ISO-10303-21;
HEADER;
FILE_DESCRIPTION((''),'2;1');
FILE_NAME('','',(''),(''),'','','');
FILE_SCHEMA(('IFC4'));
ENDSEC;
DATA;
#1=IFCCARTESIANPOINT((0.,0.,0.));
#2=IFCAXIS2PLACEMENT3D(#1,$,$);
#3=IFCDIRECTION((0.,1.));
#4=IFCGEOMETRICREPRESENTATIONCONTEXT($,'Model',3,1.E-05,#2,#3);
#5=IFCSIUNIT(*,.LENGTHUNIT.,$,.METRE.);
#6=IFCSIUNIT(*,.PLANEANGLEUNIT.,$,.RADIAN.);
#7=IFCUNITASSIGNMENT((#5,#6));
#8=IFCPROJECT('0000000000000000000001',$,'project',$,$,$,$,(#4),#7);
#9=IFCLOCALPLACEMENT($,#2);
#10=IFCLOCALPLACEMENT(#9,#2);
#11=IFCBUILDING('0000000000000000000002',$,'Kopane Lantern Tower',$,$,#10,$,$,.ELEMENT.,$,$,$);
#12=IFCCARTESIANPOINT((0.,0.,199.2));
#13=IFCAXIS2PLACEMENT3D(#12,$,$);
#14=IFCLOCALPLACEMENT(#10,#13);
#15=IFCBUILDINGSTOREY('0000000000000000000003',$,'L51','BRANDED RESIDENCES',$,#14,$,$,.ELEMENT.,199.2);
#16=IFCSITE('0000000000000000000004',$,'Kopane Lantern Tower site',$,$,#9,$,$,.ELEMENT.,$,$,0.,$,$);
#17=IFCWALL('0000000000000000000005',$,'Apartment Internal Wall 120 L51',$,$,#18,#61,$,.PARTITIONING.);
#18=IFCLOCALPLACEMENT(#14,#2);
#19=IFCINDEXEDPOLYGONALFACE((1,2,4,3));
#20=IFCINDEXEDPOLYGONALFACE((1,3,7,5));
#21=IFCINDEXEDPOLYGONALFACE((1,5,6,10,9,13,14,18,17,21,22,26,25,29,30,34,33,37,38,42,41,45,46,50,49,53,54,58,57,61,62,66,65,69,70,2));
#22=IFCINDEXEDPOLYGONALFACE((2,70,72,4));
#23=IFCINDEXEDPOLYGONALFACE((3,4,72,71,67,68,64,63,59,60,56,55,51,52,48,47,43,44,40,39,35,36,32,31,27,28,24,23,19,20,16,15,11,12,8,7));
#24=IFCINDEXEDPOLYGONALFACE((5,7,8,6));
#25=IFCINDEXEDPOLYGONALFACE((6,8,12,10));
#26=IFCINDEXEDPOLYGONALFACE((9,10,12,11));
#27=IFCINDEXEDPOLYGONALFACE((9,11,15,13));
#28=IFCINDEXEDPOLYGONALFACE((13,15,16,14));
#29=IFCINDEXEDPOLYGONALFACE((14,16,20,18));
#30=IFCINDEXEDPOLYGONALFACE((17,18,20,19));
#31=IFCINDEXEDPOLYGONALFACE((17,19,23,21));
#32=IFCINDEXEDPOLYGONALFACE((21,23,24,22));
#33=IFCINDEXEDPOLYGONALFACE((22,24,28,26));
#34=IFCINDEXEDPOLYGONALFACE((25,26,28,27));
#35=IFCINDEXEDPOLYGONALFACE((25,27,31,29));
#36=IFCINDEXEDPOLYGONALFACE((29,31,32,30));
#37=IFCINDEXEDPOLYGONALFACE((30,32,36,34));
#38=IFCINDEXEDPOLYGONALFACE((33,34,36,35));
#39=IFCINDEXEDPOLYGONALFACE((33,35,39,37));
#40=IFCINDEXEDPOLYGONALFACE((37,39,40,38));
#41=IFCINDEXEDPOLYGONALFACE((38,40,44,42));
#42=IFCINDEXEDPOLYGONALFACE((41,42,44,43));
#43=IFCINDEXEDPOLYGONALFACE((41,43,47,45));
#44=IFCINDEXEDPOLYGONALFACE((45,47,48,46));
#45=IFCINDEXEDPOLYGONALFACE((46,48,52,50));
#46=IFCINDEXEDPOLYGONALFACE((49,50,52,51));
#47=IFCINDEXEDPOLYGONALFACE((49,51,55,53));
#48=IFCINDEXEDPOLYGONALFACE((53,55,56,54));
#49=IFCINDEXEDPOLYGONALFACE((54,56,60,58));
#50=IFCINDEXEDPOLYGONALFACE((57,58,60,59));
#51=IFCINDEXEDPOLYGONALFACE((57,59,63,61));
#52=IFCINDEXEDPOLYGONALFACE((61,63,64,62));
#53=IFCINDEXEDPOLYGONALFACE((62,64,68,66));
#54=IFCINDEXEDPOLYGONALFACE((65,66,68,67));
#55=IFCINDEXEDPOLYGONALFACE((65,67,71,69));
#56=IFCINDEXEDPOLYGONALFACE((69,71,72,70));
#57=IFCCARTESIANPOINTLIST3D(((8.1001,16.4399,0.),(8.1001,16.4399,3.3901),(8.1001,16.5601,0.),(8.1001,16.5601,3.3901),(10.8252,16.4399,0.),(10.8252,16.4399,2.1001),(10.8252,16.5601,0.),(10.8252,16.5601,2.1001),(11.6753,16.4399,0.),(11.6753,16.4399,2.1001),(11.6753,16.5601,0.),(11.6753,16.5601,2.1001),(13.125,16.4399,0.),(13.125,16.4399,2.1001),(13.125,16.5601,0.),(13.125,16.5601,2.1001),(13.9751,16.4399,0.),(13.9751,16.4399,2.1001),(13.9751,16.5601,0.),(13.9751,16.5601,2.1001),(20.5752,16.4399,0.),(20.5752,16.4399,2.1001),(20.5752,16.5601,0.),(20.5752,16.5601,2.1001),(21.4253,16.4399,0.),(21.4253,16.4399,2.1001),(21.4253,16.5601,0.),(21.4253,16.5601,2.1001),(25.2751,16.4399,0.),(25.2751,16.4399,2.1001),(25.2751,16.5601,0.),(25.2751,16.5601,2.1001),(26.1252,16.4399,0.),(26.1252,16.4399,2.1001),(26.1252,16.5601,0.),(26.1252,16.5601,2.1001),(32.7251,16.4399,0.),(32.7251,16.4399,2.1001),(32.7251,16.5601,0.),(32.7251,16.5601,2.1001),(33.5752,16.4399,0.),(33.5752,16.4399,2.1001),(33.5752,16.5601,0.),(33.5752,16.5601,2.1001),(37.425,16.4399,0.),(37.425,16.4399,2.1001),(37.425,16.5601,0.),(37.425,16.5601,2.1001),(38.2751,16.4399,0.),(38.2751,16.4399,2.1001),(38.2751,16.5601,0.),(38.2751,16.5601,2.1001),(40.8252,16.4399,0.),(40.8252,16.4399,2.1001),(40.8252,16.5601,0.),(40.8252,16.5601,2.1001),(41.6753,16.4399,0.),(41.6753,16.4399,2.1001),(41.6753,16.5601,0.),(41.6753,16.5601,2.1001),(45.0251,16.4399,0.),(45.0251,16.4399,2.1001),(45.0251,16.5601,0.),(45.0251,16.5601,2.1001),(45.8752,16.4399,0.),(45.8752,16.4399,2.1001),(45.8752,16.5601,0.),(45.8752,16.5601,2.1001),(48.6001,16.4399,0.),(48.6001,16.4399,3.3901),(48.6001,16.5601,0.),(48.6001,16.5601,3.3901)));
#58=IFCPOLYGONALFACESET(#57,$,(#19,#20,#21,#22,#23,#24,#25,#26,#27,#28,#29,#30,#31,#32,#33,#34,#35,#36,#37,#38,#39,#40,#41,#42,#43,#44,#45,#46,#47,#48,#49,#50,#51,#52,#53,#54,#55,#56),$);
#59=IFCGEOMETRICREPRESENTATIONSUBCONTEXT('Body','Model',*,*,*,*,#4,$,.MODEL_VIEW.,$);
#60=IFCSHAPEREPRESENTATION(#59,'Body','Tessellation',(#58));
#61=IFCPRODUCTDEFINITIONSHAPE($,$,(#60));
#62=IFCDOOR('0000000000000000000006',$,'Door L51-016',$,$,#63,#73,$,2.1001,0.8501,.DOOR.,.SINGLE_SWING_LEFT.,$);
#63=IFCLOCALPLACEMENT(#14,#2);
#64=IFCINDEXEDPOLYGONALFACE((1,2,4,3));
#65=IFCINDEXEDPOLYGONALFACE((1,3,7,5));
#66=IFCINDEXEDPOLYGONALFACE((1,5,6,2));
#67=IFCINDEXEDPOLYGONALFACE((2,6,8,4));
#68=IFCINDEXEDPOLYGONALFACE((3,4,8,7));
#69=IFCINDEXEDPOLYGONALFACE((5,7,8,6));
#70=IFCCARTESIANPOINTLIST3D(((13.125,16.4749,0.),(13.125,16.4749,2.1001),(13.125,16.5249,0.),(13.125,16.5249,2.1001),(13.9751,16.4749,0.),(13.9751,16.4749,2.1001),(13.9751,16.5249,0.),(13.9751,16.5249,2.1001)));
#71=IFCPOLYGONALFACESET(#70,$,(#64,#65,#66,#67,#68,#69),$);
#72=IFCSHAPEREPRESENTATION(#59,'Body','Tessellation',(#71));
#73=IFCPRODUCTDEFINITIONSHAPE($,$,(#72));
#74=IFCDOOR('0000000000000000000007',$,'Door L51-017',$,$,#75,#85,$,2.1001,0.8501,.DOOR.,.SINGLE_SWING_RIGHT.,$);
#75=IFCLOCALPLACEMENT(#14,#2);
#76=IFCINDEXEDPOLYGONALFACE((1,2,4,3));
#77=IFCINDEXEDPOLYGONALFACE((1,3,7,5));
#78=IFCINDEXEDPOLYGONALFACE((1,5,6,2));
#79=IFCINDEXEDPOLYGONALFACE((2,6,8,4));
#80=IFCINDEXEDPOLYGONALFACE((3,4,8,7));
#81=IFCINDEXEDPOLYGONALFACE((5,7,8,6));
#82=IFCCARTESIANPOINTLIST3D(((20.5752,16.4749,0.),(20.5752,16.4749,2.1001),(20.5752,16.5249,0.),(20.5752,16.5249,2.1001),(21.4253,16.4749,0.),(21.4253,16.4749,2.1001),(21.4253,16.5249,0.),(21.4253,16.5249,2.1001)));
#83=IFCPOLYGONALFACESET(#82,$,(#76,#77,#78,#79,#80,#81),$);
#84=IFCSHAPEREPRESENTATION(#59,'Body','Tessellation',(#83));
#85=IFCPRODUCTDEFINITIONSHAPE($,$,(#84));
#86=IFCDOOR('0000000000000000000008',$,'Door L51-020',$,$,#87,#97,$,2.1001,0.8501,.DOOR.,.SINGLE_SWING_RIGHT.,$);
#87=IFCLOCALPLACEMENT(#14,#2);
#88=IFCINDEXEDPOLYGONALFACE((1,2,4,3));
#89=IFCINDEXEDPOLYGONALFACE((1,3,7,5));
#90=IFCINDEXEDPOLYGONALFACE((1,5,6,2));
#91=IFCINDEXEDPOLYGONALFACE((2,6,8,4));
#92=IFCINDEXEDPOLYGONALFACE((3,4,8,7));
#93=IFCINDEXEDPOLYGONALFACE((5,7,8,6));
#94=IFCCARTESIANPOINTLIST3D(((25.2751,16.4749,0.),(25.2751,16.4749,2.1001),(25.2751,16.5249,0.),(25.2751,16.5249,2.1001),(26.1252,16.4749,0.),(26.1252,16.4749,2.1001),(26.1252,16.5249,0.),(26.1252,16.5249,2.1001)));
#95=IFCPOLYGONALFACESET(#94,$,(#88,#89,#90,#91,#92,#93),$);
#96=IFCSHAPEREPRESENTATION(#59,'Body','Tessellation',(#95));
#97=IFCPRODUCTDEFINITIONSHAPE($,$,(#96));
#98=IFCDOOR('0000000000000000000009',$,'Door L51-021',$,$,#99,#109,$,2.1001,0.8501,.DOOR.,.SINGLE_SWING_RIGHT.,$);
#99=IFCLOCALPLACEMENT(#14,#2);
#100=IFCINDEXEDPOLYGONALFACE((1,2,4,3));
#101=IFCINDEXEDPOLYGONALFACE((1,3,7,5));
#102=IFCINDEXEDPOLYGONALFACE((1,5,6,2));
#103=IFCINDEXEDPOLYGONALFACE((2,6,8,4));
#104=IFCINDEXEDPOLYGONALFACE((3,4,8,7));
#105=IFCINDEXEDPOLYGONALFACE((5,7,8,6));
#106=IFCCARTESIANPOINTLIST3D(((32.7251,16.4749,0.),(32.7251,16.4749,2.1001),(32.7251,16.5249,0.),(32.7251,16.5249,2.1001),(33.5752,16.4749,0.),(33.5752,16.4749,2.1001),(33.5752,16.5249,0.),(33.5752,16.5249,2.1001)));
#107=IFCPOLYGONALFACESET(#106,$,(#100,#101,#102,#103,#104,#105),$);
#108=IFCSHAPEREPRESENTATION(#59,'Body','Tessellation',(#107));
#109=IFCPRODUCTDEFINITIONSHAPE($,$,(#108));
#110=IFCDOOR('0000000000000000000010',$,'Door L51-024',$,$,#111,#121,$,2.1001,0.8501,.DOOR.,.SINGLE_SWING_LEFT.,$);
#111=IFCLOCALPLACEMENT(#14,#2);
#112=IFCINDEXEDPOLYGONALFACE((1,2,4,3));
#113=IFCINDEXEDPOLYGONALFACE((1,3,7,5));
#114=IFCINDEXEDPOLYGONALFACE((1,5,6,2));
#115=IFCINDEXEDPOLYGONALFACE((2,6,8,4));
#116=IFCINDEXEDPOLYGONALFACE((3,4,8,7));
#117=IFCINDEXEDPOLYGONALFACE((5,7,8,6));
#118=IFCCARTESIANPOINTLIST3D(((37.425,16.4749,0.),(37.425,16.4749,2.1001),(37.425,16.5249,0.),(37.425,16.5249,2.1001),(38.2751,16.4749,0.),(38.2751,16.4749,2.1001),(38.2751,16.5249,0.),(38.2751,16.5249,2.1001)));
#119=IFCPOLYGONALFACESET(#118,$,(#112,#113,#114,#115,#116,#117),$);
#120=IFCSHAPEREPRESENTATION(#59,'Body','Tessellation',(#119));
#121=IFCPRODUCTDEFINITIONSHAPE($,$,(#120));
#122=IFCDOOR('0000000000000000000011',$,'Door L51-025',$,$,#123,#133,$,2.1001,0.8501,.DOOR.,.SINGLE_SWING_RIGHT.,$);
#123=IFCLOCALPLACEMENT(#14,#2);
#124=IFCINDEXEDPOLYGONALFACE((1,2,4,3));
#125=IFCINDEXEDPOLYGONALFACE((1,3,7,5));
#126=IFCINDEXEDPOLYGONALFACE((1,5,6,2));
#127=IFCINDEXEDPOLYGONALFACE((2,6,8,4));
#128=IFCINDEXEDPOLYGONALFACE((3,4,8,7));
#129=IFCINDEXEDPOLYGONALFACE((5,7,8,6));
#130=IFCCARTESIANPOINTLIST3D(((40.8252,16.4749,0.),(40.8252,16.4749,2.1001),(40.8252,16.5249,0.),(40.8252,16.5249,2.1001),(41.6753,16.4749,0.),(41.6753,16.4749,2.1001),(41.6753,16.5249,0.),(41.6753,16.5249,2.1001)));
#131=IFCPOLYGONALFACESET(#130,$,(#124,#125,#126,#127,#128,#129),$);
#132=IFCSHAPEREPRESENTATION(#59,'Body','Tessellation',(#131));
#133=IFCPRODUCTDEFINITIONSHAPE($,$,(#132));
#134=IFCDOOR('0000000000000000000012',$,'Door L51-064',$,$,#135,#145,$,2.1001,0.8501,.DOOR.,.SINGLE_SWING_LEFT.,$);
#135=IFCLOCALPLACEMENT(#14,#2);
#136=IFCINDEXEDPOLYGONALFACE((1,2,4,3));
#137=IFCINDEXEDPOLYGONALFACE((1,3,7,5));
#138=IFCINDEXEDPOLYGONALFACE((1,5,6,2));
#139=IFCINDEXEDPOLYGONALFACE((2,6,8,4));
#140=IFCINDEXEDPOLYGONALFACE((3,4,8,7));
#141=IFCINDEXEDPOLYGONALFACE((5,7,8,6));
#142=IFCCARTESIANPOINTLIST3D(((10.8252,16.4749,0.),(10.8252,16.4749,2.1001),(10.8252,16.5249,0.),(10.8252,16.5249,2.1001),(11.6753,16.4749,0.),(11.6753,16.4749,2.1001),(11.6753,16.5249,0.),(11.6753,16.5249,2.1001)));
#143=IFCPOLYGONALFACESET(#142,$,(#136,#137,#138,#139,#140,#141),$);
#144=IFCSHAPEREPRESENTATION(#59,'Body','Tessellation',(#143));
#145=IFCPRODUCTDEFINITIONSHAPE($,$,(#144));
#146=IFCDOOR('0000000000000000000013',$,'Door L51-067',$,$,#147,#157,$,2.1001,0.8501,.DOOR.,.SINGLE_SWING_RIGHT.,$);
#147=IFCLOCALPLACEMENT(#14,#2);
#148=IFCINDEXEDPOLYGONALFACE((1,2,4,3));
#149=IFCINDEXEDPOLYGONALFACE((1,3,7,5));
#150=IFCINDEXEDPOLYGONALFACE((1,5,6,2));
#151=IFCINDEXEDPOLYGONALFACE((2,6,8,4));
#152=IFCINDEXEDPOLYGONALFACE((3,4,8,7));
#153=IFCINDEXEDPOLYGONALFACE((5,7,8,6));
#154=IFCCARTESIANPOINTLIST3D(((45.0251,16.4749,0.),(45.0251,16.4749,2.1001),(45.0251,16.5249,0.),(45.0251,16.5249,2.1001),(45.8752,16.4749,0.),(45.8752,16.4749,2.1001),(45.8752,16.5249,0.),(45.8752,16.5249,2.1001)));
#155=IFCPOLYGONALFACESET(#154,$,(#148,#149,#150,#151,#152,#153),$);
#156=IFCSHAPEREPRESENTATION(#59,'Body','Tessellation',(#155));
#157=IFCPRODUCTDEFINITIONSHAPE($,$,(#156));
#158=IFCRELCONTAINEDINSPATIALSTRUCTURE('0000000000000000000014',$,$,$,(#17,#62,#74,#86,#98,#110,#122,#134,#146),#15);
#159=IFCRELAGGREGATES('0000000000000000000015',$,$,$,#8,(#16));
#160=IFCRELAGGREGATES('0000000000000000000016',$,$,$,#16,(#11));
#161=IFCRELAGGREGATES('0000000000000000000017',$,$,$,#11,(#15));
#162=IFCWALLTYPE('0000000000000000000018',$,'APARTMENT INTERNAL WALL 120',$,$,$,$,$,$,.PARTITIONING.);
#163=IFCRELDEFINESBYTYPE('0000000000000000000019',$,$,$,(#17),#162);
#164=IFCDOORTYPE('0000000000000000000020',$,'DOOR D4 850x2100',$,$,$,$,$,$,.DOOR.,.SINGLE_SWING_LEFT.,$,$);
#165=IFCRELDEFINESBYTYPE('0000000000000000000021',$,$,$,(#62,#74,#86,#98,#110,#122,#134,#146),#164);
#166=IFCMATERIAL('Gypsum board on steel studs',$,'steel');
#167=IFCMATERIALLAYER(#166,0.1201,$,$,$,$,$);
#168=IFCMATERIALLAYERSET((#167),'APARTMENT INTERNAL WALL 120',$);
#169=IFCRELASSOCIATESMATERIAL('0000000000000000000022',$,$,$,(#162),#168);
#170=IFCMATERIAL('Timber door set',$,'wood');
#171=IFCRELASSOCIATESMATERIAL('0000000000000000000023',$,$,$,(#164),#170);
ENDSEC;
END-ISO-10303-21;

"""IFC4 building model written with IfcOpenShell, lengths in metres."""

from ifc_helpers import new_model, si_unit, direction, frame, frame_2d, origin, place, context, subcontext, project, spatial, rectangle, extrude, material, layer, layer_set, type_object, element, fill, save


model = new_model("IFC4")

# Units and contexts
model_context = context("Model", 3, precision=1e-05, world=origin(), true_north=direction((0.0, 1.0)))
body_context = subcontext(model_context, "Body", "Model", "MODEL_VIEW")
ifc_project = project(units=[si_unit("LENGTHUNIT", "METRE"), si_unit("PLANEANGLEUNIT", "RADIAN")], contexts=[model_context])

# Site, building, storey
site_placement = place(None, origin())
site = spatial("IfcSite", under=ifc_project, at=site_placement, Name="Kopane Lantern Tower site", CompositionType="ELEMENT", RefElevation=0.0)
building_placement = place(site_placement, origin())
building = spatial("IfcBuilding", under=site, at=building_placement, Name="Kopane Lantern Tower", CompositionType="ELEMENT")
storey_placement = place(building_placement, frame((0.0, 0.0, 199.2)))
storey = spatial("IfcBuildingStorey", under=building, at=storey_placement, Name="L51", Description="BRANDED RESIDENCES", CompositionType="ELEMENT", Elevation=199.2)

# Wall, openings, doors
ifc_material_1 = material(Name="Gypsum board on steel studs", Category="steel")
ifc_layer_1 = layer(ifc_material_1, 0.1201)
ifc_layer_set_1 = layer_set([ifc_layer_1], Name="APARTMENT INTERNAL WALL 120")
wall_type_1 = type_object("IfcWallType", Name="APARTMENT INTERNAL WALL 120", PredefinedType="PARTITIONING", material=ifc_layer_set_1)
ifc_material_2 = material(Name="Timber door set", Category="wood")
door_type = type_object("IfcDoorType", Name="DOOR D4 850x2100", OperationType="SINGLE_SWING_LEFT", PredefinedType="DOOR", material=ifc_material_2)
wall_1_placement = place(storey_placement, frame((8.1001, 16.5, 0.0), z_axis=(0.0, 0.0, 1.0), x_axis=(1.0, 0.0, 0.0)))
wall_1 = element("IfcWall", 1, at=wall_1_placement, inside=storey, type_object=wall_type_1, Name="Apartment Internal Wall 120 L51", PredefinedType="PARTITIONING", context=body_context, shape_type="SweptSolid", body=[
    extrude(rectangle(XDim=40.5, YDim=0.1201, at=frame_2d((20.25, 0.0))), origin(), (0.0, 0.0, 1.0), 3.3901),
])
opening_1_placement = place(wall_1_placement, frame((5.0249, 0.0, 0.0)))
opening_1 = element("IfcOpeningElement", 2, at=opening_1_placement, cuts=wall_1, PredefinedType="OPENING", context=body_context, shape_type="SweptSolid", body=[
    extrude(rectangle(XDim=0.8501, YDim=2.1001, at=frame_2d((0.425, 1.05))), frame((0.0, 0.0701, 0.0), z_axis=(0.0, -1.0, 0.0), x_axis=(1.0, 0.0, 0.0)), (0.0, 0.0, 1.0), 0.1401),
])
opening_2_placement = place(wall_1_placement, frame((12.4751, 0.0, 0.0)))
opening_2 = element("IfcOpeningElement", 3, at=opening_2_placement, cuts=wall_1, PredefinedType="OPENING", context=body_context, shape_type="SweptSolid", body=[
    extrude(rectangle(XDim=0.8501, YDim=2.1001, at=frame_2d((0.425, 1.05))), frame((0.0, 0.0701, 0.0), z_axis=(0.0, -1.0, 0.0), x_axis=(1.0, 0.0, 0.0)), (0.0, 0.0, 1.0), 0.1401),
])
opening_3_placement = place(wall_1_placement, frame((17.175, 0.0, 0.0)))
opening_3 = element("IfcOpeningElement", 4, at=opening_3_placement, cuts=wall_1, PredefinedType="OPENING", context=body_context, shape_type="SweptSolid", body=[
    extrude(rectangle(XDim=0.8501, YDim=2.1001, at=frame_2d((0.425, 1.05))), frame((0.0, 0.0701, 0.0), z_axis=(0.0, -1.0, 0.0), x_axis=(1.0, 0.0, 0.0)), (0.0, 0.0, 1.0), 0.1401),
])
opening_4_placement = place(wall_1_placement, frame((24.625, 0.0, 0.0)))
opening_4 = element("IfcOpeningElement", 5, at=opening_4_placement, cuts=wall_1, PredefinedType="OPENING", context=body_context, shape_type="SweptSolid", body=[
    extrude(rectangle(XDim=0.8501, YDim=2.1001, at=frame_2d((0.425, 1.05))), frame((0.0, 0.0701, 0.0), z_axis=(0.0, -1.0, 0.0), x_axis=(1.0, 0.0, 0.0)), (0.0, 0.0, 1.0), 0.1401),
])
opening_5_placement = place(wall_1_placement, frame((29.325, 0.0, 0.0)))
opening_5 = element("IfcOpeningElement", 6, at=opening_5_placement, cuts=wall_1, PredefinedType="OPENING", context=body_context, shape_type="SweptSolid", body=[
    extrude(rectangle(XDim=0.8501, YDim=2.1001, at=frame_2d((0.425, 1.05))), frame((0.0, 0.0701, 0.0), z_axis=(0.0, -1.0, 0.0), x_axis=(1.0, 0.0, 0.0)), (0.0, 0.0, 1.0), 0.1401),
])
opening_6_placement = place(wall_1_placement, frame((32.7251, 0.0, 0.0)))
opening_6 = element("IfcOpeningElement", 7, at=opening_6_placement, cuts=wall_1, PredefinedType="OPENING", context=body_context, shape_type="SweptSolid", body=[
    extrude(rectangle(XDim=0.8501, YDim=2.1001, at=frame_2d((0.425, 1.05))), frame((0.0, 0.0701, 0.0), z_axis=(0.0, -1.0, 0.0), x_axis=(1.0, 0.0, 0.0)), (0.0, 0.0, 1.0), 0.1401),
])
opening_7_placement = place(wall_1_placement, frame((2.7251, 0.0, 0.0)))
opening_7 = element("IfcOpeningElement", 8, at=opening_7_placement, cuts=wall_1, PredefinedType="OPENING", context=body_context, shape_type="SweptSolid", body=[
    extrude(rectangle(XDim=0.8501, YDim=2.1001, at=frame_2d((0.425, 1.05))), frame((0.0, 0.0701, 0.0), z_axis=(0.0, -1.0, 0.0), x_axis=(1.0, 0.0, 0.0)), (0.0, 0.0, 1.0), 0.1401),
])
opening_8_placement = place(wall_1_placement, frame((36.925, 0.0, 0.0)))
opening_8 = element("IfcOpeningElement", 9, at=opening_8_placement, cuts=wall_1, PredefinedType="OPENING", context=body_context, shape_type="SweptSolid", body=[
    extrude(rectangle(XDim=0.8501, YDim=2.1001, at=frame_2d((0.425, 1.05))), frame((0.0, 0.0701, 0.0), z_axis=(0.0, -1.0, 0.0), x_axis=(1.0, 0.0, 0.0)), (0.0, 0.0, 1.0), 0.1401),
])
door_1_placement = place(opening_1_placement, origin())
door_1 = element("IfcDoor", 10, at=door_1_placement, inside=storey, type_object=door_type, Name="Door L51-016", OperationType="SINGLE_SWING_LEFT", OverallHeight=2.1001, OverallWidth=0.8501, PredefinedType="DOOR", context=body_context, shape_type="SweptSolid", body=[
    extrude(rectangle(XDim=0.8501, YDim=2.1001, at=frame_2d((0.425, 1.05))), frame((0.0, 0.0249, 0.0), z_axis=(0.0, -1.0, 0.0), x_axis=(1.0, 0.0, 0.0)), (0.0, 0.0, 1.0), 0.05),
])
fill(opening_1, door_1)
door_2_placement = place(opening_2_placement, origin())
door_2 = element("IfcDoor", 11, at=door_2_placement, inside=storey, type_object=door_type, Name="Door L51-017", OperationType="SINGLE_SWING_RIGHT", OverallHeight=2.1001, OverallWidth=0.8501, PredefinedType="DOOR", context=body_context, shape_type="SweptSolid", body=[
    extrude(rectangle(XDim=0.8501, YDim=2.1001, at=frame_2d((0.425, 1.05))), frame((0.0, 0.0249, 0.0), z_axis=(0.0, -1.0, 0.0), x_axis=(1.0, 0.0, 0.0)), (0.0, 0.0, 1.0), 0.05),
])
fill(opening_2, door_2)
door_3_placement = place(opening_3_placement, origin())
door_3 = element("IfcDoor", 12, at=door_3_placement, inside=storey, type_object=door_type, Name="Door L51-020", OperationType="SINGLE_SWING_RIGHT", OverallHeight=2.1001, OverallWidth=0.8501, PredefinedType="DOOR", context=body_context, shape_type="SweptSolid", body=[
    extrude(rectangle(XDim=0.8501, YDim=2.1001, at=frame_2d((0.425, 1.05))), frame((0.0, 0.0249, 0.0), z_axis=(0.0, -1.0, 0.0), x_axis=(1.0, 0.0, 0.0)), (0.0, 0.0, 1.0), 0.05),
])
fill(opening_3, door_3)
door_4_placement = place(opening_4_placement, origin())
door_4 = element("IfcDoor", 13, at=door_4_placement, inside=storey, type_object=door_type, Name="Door L51-021", OperationType="SINGLE_SWING_RIGHT", OverallHeight=2.1001, OverallWidth=0.8501, PredefinedType="DOOR", context=body_context, shape_type="SweptSolid", body=[
    extrude(rectangle(XDim=0.8501, YDim=2.1001, at=frame_2d((0.425, 1.05))), frame((0.0, 0.0249, 0.0), z_axis=(0.0, -1.0, 0.0), x_axis=(1.0, 0.0, 0.0)), (0.0, 0.0, 1.0), 0.05),
])
fill(opening_4, door_4)
door_5_placement = place(opening_5_placement, origin())
door_5 = element("IfcDoor", 14, at=door_5_placement, inside=storey, type_object=door_type, Name="Door L51-024", OperationType="SINGLE_SWING_LEFT", OverallHeight=2.1001, OverallWidth=0.8501, PredefinedType="DOOR", context=body_context, shape_type="SweptSolid", body=[
    extrude(rectangle(XDim=0.8501, YDim=2.1001, at=frame_2d((0.425, 1.05))), frame((0.0, 0.0249, 0.0), z_axis=(0.0, -1.0, 0.0), x_axis=(1.0, 0.0, 0.0)), (0.0, 0.0, 1.0), 0.05),
])
fill(opening_5, door_5)
door_6_placement = place(opening_6_placement, origin())
door_6 = element("IfcDoor", 15, at=door_6_placement, inside=storey, type_object=door_type, Name="Door L51-025", OperationType="SINGLE_SWING_RIGHT", OverallHeight=2.1001, OverallWidth=0.8501, PredefinedType="DOOR", context=body_context, shape_type="SweptSolid", body=[
    extrude(rectangle(XDim=0.8501, YDim=2.1001, at=frame_2d((0.425, 1.05))), frame((0.0, 0.0249, 0.0), z_axis=(0.0, -1.0, 0.0), x_axis=(1.0, 0.0, 0.0)), (0.0, 0.0, 1.0), 0.05),
])
fill(opening_6, door_6)
door_7_placement = place(opening_7_placement, origin())
door_7 = element("IfcDoor", 16, at=door_7_placement, inside=storey, type_object=door_type, Name="Door L51-064", OperationType="SINGLE_SWING_LEFT", OverallHeight=2.1001, OverallWidth=0.8501, PredefinedType="DOOR", context=body_context, shape_type="SweptSolid", body=[
    extrude(rectangle(XDim=0.8501, YDim=2.1001, at=frame_2d((0.425, 1.05))), frame((0.0, 0.0249, 0.0), z_axis=(0.0, -1.0, 0.0), x_axis=(1.0, 0.0, 0.0)), (0.0, 0.0, 1.0), 0.05),
])
fill(opening_7, door_7)
door_8_placement = place(opening_8_placement, origin())
door_8 = element("IfcDoor", 17, at=door_8_placement, inside=storey, type_object=door_type, Name="Door L51-067", OperationType="SINGLE_SWING_RIGHT", OverallHeight=2.1001, OverallWidth=0.8501, PredefinedType="DOOR", context=body_context, shape_type="SweptSolid", body=[
    extrude(rectangle(XDim=0.8501, YDim=2.1001, at=frame_2d((0.425, 1.05))), frame((0.0, 0.0249, 0.0), z_axis=(0.0, -1.0, 0.0), x_axis=(1.0, 0.0, 0.0)), (0.0, 0.0, 1.0), 0.05),
])
fill(opening_8, door_8)

save(model, "model.ifc")
